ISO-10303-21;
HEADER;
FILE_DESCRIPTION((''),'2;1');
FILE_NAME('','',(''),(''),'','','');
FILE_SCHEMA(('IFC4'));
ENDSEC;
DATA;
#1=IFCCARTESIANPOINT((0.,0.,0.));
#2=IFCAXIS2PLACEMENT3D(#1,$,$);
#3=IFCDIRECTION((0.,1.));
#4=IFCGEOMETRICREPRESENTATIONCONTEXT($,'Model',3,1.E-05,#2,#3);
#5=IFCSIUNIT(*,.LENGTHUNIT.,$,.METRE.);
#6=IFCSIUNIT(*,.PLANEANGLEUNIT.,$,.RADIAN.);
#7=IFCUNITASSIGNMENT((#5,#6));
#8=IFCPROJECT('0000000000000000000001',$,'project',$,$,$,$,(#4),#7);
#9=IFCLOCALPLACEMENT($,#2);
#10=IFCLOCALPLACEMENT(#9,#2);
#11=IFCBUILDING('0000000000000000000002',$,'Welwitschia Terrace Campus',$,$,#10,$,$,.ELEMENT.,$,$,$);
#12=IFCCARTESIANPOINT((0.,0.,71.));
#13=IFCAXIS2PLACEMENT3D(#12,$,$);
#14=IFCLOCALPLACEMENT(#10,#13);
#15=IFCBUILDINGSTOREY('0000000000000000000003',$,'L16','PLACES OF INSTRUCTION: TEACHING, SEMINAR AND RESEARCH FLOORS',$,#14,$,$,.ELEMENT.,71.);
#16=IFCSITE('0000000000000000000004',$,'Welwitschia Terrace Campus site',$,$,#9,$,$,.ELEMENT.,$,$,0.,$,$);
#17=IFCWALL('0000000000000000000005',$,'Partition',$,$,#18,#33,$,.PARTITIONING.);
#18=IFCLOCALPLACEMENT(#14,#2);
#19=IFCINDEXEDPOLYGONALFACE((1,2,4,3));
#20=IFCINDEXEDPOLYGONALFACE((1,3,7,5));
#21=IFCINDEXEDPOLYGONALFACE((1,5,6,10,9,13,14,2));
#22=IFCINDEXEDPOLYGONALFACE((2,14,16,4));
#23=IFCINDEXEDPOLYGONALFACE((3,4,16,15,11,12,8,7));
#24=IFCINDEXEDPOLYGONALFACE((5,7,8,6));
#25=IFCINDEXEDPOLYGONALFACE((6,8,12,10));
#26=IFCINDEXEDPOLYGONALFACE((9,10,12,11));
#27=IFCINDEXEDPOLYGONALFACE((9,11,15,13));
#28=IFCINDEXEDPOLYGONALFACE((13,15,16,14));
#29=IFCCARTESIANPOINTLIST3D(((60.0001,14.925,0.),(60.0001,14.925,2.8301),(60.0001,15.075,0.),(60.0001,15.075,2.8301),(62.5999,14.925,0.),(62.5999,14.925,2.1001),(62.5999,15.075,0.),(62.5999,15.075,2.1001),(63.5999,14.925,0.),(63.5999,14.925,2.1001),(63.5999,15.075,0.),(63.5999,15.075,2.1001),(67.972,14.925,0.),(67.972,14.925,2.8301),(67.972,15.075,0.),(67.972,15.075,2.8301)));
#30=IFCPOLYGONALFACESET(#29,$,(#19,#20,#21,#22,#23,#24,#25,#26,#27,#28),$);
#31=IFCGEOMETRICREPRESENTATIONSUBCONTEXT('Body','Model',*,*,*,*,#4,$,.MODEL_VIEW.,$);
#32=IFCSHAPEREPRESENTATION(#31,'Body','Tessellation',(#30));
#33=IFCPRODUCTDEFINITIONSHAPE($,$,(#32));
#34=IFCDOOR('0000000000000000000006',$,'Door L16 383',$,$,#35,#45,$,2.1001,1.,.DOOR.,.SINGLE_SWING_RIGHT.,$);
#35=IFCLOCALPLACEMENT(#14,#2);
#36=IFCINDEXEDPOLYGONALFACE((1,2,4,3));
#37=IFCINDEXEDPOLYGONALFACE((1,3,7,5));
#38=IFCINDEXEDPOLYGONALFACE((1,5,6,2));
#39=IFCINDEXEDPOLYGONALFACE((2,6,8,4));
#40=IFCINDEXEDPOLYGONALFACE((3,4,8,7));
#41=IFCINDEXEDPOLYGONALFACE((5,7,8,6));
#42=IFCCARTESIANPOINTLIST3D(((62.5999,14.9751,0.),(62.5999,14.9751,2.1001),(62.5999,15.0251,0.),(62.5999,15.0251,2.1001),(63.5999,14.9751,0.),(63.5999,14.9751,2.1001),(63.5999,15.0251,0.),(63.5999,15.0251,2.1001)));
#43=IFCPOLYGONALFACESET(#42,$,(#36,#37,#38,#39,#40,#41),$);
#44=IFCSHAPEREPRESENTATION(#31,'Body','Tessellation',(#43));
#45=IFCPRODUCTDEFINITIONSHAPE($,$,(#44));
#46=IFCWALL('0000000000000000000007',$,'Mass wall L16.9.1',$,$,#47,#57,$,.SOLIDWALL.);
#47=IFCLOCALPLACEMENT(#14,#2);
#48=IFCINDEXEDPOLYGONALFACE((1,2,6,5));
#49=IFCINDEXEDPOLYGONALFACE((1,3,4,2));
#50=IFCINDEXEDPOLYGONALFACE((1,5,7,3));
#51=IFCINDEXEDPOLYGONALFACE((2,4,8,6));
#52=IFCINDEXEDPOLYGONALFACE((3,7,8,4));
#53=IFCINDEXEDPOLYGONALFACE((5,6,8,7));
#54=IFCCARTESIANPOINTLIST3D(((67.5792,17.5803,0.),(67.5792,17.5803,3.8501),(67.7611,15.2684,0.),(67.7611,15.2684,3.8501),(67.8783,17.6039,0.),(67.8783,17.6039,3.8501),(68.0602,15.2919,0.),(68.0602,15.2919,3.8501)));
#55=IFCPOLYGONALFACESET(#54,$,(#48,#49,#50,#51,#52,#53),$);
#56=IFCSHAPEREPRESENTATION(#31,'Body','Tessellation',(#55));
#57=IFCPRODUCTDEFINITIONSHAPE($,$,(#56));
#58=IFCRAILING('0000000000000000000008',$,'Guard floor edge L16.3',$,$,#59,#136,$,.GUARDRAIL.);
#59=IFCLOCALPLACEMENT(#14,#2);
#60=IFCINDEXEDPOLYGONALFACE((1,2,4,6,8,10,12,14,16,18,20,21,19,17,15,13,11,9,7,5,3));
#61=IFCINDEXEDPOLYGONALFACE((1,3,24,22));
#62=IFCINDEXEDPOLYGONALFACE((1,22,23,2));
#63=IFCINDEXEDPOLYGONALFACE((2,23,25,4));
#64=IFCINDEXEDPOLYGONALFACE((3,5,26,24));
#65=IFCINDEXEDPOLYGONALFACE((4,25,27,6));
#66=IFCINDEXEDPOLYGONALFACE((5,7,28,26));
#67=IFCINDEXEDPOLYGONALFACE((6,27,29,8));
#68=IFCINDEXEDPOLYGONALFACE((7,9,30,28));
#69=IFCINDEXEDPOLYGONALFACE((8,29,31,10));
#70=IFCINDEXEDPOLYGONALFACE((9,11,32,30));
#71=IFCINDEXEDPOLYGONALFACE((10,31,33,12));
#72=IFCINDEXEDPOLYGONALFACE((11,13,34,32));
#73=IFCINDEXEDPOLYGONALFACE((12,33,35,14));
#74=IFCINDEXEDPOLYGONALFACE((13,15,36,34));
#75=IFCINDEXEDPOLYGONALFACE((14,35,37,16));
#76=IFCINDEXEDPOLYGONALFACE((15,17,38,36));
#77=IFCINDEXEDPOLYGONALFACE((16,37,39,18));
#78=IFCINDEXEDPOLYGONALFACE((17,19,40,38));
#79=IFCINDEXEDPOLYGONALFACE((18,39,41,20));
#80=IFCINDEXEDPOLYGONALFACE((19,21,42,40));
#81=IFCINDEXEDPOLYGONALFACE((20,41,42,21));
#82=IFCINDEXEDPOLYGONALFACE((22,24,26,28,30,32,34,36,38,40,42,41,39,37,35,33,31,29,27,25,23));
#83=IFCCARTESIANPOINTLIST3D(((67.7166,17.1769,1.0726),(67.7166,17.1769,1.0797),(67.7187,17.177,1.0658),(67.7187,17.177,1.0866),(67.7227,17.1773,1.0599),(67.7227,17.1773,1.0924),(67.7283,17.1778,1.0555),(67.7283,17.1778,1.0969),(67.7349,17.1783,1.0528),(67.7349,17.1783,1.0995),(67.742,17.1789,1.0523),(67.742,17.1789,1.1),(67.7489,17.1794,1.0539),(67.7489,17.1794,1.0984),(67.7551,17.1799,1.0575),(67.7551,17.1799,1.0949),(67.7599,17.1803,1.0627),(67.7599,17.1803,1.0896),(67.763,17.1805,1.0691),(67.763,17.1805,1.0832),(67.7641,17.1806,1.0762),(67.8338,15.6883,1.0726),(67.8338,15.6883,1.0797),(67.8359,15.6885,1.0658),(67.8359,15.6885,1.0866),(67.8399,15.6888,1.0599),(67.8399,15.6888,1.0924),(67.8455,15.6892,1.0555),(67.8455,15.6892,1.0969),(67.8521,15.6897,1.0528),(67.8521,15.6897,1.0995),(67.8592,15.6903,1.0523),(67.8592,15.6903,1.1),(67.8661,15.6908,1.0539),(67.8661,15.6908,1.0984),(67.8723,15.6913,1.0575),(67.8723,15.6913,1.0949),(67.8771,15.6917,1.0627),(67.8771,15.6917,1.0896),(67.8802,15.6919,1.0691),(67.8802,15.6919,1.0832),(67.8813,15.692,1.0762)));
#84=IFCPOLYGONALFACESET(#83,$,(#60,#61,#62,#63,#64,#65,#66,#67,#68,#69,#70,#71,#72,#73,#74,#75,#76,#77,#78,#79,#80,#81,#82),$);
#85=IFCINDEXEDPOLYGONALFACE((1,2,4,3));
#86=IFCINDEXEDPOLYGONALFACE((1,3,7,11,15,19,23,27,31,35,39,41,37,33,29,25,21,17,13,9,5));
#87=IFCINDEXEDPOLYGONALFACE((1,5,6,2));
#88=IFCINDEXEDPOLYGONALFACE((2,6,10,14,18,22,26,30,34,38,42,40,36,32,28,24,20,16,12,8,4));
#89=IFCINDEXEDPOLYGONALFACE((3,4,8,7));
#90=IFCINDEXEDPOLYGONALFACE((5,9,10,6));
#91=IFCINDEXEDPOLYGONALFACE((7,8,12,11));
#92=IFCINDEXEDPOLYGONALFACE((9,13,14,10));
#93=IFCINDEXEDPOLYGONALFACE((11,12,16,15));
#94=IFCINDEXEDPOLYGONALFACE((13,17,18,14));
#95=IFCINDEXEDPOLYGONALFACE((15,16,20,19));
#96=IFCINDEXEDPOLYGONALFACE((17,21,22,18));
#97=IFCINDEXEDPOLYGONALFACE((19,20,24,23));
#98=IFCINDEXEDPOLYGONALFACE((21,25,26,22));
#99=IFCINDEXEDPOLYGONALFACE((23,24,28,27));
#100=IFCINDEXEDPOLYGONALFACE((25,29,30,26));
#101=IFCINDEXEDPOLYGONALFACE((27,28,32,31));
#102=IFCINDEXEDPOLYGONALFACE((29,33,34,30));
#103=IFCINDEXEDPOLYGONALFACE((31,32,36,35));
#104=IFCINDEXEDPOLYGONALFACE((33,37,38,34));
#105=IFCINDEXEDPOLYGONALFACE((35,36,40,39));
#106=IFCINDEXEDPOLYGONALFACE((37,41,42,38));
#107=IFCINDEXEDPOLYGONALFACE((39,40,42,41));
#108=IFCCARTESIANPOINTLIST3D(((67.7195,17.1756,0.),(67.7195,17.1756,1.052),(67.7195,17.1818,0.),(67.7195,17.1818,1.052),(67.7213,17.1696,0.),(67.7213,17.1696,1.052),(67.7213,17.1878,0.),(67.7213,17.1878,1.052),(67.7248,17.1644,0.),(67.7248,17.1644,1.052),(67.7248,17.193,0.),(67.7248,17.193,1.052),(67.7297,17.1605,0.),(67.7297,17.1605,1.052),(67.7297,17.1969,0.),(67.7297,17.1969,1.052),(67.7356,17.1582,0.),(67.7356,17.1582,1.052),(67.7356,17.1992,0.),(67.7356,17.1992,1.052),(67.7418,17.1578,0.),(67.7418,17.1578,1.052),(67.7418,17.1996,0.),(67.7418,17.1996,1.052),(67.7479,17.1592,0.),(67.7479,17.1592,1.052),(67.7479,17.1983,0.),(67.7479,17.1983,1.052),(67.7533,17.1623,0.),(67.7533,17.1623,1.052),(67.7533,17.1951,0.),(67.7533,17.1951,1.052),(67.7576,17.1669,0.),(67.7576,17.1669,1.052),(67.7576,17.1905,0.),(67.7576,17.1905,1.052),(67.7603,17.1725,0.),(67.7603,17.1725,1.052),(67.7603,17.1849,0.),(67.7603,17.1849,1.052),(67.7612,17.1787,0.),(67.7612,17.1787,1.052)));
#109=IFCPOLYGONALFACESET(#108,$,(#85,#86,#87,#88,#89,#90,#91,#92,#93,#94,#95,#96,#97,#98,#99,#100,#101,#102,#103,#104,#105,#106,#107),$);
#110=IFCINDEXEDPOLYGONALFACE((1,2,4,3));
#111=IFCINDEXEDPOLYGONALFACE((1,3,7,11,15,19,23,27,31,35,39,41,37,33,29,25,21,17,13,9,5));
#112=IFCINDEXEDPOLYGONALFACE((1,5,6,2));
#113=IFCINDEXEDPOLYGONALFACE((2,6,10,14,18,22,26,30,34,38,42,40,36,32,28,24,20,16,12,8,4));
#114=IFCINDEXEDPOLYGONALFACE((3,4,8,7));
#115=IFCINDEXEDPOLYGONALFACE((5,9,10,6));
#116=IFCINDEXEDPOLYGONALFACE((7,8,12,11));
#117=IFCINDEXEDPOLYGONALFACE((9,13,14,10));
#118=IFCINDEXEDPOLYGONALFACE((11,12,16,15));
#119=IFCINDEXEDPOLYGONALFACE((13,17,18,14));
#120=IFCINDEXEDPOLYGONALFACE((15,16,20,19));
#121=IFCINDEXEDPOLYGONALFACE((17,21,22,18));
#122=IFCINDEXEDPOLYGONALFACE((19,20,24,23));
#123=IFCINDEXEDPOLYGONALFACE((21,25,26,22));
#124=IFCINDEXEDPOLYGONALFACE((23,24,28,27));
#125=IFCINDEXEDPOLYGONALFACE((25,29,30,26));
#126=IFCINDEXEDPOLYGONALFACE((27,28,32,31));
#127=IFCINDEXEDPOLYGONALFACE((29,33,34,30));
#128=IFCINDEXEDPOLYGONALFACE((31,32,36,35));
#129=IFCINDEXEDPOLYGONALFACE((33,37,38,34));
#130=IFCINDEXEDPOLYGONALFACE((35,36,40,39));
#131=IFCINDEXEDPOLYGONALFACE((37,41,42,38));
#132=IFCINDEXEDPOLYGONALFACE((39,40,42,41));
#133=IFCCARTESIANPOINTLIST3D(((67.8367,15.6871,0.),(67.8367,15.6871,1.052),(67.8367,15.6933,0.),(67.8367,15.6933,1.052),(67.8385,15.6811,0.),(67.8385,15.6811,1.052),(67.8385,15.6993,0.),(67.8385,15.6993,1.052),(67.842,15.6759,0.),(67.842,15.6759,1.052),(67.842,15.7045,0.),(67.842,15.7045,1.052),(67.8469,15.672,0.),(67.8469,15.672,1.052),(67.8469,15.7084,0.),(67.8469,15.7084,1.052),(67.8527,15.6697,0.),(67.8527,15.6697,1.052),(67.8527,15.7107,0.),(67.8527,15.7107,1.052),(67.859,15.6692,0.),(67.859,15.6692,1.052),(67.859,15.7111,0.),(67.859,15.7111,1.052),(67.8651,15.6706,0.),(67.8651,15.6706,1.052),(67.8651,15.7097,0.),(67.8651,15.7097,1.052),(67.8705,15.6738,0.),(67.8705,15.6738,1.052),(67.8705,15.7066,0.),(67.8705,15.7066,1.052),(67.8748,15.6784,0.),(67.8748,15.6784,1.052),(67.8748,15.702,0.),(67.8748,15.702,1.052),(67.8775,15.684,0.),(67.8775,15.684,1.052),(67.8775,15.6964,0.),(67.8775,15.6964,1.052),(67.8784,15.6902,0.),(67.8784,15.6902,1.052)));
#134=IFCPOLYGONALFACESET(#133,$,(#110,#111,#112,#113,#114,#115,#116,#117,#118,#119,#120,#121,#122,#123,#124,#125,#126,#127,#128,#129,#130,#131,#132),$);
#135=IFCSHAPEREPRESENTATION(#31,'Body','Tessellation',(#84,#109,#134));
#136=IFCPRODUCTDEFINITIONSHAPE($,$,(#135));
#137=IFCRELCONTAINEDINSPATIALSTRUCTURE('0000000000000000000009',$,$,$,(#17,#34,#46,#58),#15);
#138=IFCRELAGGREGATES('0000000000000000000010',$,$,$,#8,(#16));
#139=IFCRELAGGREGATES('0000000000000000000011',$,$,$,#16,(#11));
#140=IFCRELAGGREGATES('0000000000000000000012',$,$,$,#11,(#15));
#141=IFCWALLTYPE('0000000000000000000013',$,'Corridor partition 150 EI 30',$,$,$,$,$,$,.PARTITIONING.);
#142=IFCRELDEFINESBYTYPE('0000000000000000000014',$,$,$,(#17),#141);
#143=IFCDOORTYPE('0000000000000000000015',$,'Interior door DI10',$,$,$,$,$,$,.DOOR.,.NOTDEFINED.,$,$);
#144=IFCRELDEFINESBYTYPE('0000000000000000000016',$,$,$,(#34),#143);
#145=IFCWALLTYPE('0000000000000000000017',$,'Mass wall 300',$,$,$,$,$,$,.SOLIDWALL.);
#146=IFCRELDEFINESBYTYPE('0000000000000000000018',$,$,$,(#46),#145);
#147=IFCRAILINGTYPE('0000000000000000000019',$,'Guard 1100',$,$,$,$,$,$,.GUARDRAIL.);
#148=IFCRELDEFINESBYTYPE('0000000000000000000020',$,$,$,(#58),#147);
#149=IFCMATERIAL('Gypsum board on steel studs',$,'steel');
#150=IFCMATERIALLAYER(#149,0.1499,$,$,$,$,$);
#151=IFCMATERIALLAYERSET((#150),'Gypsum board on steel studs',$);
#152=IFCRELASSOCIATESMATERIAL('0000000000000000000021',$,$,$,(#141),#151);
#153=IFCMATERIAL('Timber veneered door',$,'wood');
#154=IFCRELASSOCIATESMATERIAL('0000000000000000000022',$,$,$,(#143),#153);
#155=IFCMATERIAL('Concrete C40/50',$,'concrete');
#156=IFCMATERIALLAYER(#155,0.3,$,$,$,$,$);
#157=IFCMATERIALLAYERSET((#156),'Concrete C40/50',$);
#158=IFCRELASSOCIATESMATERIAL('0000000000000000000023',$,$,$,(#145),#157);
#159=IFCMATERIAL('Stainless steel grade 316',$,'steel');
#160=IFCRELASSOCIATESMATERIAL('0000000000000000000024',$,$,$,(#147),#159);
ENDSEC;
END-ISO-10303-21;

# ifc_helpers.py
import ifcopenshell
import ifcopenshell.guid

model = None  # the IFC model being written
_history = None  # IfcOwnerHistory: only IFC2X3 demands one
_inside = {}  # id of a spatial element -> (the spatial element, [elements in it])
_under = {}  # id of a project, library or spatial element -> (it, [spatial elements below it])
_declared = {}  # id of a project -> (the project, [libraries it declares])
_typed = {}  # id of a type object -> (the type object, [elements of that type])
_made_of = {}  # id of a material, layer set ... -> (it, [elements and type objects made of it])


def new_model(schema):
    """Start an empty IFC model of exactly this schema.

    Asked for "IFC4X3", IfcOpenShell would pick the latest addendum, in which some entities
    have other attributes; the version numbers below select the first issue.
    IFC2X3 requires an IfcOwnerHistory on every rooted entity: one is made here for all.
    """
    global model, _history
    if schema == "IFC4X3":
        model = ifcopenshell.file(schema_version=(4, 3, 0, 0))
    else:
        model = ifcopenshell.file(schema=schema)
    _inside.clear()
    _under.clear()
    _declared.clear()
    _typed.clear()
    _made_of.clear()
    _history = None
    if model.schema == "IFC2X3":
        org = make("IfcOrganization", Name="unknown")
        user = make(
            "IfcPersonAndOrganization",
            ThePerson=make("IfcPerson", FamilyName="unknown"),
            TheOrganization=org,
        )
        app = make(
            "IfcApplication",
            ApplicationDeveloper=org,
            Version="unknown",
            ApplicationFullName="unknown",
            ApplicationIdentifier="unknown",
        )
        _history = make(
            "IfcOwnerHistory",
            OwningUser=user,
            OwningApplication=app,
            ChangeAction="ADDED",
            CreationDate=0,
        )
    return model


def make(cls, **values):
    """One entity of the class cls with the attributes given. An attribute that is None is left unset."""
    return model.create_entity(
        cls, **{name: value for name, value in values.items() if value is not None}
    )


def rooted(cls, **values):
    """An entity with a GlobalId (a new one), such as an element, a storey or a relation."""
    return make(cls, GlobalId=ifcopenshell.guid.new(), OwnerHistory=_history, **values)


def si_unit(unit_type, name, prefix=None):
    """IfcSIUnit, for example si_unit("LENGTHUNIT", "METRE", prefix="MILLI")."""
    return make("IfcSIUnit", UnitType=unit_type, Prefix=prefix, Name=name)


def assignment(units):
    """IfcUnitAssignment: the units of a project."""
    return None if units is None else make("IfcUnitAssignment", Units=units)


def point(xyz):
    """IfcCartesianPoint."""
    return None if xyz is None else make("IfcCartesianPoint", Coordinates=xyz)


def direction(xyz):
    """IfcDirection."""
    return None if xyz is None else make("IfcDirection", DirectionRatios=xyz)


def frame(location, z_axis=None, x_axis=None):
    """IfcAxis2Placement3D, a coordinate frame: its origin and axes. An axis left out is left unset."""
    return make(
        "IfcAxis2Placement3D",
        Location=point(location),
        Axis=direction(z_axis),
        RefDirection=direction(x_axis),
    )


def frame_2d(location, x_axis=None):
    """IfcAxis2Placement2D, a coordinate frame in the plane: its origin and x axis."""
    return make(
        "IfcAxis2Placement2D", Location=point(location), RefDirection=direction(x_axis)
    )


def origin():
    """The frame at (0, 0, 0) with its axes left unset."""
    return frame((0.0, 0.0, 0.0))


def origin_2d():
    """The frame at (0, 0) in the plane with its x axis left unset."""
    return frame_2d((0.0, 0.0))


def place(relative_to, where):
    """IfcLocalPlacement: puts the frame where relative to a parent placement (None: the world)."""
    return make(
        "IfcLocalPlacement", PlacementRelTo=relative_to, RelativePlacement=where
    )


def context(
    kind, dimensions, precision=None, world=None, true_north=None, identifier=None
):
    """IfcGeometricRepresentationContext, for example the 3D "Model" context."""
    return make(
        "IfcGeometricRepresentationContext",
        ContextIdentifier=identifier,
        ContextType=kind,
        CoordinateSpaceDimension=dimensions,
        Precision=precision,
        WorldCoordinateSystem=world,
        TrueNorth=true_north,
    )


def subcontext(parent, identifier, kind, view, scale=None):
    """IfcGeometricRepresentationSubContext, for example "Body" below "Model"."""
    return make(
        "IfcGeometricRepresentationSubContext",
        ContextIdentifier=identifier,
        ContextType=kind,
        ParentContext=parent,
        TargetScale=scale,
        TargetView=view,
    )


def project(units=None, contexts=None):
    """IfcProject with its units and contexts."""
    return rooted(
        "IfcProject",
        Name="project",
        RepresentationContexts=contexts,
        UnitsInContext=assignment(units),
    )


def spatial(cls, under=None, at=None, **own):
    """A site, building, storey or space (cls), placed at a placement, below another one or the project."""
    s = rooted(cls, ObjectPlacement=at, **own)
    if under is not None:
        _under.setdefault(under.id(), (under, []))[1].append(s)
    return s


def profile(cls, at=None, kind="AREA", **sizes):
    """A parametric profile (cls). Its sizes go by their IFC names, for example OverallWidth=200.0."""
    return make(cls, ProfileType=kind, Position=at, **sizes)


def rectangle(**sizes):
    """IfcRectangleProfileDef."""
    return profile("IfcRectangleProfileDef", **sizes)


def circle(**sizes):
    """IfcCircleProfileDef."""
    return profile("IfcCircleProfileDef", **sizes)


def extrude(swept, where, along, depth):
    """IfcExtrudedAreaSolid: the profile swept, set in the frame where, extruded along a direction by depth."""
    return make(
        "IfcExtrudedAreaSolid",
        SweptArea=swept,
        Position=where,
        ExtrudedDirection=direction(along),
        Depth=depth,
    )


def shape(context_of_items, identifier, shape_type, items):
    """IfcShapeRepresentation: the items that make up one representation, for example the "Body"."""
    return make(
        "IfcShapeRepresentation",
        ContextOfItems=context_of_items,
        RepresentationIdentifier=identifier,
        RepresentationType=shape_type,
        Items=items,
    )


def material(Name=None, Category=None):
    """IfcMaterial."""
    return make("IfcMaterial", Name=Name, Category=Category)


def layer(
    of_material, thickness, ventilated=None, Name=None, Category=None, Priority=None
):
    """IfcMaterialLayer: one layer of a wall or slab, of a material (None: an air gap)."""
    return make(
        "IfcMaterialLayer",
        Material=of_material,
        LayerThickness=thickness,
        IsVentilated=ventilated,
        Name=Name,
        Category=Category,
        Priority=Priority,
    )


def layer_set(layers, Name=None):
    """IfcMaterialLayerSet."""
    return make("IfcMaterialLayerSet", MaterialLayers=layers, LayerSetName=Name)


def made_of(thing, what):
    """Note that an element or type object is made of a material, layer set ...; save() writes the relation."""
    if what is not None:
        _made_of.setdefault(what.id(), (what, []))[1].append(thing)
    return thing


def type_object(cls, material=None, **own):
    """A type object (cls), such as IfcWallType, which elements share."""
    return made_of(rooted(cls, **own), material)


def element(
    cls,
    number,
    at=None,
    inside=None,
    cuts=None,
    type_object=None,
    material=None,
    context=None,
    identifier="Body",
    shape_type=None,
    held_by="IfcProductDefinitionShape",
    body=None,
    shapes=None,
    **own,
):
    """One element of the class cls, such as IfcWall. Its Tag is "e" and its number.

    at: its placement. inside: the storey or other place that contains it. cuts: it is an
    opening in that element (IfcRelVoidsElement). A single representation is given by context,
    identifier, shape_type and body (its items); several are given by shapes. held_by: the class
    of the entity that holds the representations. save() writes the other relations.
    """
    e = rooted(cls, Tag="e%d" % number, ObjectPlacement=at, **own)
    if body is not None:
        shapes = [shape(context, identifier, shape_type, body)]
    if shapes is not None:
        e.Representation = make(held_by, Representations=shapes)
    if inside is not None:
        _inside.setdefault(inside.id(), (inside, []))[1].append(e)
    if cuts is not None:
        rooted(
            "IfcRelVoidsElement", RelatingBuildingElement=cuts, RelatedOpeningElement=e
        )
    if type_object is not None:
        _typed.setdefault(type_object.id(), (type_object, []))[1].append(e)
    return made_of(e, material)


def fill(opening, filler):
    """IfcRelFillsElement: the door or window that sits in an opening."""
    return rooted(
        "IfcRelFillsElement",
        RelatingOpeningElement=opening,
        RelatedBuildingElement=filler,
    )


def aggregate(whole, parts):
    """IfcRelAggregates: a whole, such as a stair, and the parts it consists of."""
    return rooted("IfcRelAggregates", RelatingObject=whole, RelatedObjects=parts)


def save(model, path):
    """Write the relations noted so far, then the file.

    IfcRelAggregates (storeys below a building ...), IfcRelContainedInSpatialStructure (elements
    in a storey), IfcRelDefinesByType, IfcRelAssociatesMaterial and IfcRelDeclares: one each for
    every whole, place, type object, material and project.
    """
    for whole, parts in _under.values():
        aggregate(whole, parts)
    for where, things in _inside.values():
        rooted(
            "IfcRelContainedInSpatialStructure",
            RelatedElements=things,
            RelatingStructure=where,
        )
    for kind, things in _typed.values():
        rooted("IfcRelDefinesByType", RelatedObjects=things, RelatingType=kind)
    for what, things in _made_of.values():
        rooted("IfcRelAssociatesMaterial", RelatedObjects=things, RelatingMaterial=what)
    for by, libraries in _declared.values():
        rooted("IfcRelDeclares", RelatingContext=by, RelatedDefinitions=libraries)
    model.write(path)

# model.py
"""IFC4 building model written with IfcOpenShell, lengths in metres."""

from ifc_helpers import new_model, si_unit, direction, frame, frame_2d, origin, origin_2d, place, context, subcontext, project, spatial, rectangle, circle, extrude, material, layer, layer_set, type_object, element, fill, save


model = new_model("IFC4")

# Units and contexts
model_context = context("Model", 3, precision=1e-05, world=origin(), true_north=direction((0.0, 1.0)))
body_context = subcontext(model_context, "Body", "Model", "MODEL_VIEW")
ifc_project = project(units=[si_unit("LENGTHUNIT", "METRE"), si_unit("PLANEANGLEUNIT", "RADIAN")], contexts=[model_context])

# Site, building, storey
site_placement = place(None, origin())
site = spatial("IfcSite", under=ifc_project, at=site_placement, Name="Welwitschia Terrace Campus site", CompositionType="ELEMENT", RefElevation=0.0)
building_placement = place(site_placement, origin())
building = spatial("IfcBuilding", under=site, at=building_placement, Name="Welwitschia Terrace Campus", CompositionType="ELEMENT")
storey_placement = place(building_placement, frame((0.0, 0.0, 71.0)))
storey = spatial("IfcBuildingStorey", under=building, at=storey_placement, Name="L16", Description="PLACES OF INSTRUCTION: TEACHING, SEMINAR AND RESEARCH FLOORS", CompositionType="ELEMENT", Elevation=71.0)

# Shared definitions
ifc_material_1 = material(Name="Gypsum board on steel studs", Category="steel")
ifc_layer_1 = layer(ifc_material_1, 0.1499)
ifc_layer_set_1 = layer_set([ifc_layer_1], Name="Gypsum board on steel studs")
wall_type_1 = type_object("IfcWallType", Name="Corridor partition 150 EI 30", PredefinedType="PARTITIONING", material=ifc_layer_set_1)

# Shared definitions
ifc_material_2 = material(Name="Timber veneered door", Category="wood")
door_type = type_object("IfcDoorType", Name="Interior door DI10", OperationType="NOTDEFINED", PredefinedType="DOOR", material=ifc_material_2)

# Wall, opening, door
wall_1_placement = place(storey_placement, frame((67.9719, 15.0, 0.0), z_axis=(0.0, 0.0, 1.0), x_axis=(-1.0, 0.0, 0.0)))
wall_1 = element("IfcWall", 1, at=wall_1_placement, inside=storey, type_object=wall_type_1, Name="Partition", PredefinedType="PARTITIONING", context=body_context, shape_type="SweptSolid", body=[
    extrude(rectangle(XDim=7.9719, YDim=0.1499, at=frame_2d((3.9858, 0.0))), origin(), (0.0, 0.0, 1.0), 2.8301),
])
opening_1_placement = place(wall_1_placement, frame((4.3721, 0.0, 0.0)))
opening_1 = element("IfcOpeningElement", 2, at=opening_1_placement, cuts=wall_1, PredefinedType="OPENING", context=body_context, shape_type="SweptSolid", body=[
    extrude(rectangle(XDim=1.0, YDim=2.1001, at=frame_2d((0.5, 1.05))), frame((0.0, 0.085, 0.0), z_axis=(0.0, -1.0, 0.0), x_axis=(1.0, 0.0, 0.0)), (0.0, 0.0, 1.0), 0.1699),
])
door_1_placement = place(opening_1_placement, origin())
door_1 = element("IfcDoor", 3, at=door_1_placement, inside=storey, type_object=door_type, Name="Door L16 383", OperationType="SINGLE_SWING_RIGHT", OverallHeight=2.1001, OverallWidth=1.0, PredefinedType="DOOR", context=body_context, shape_type="SweptSolid", body=[
    extrude(rectangle(XDim=1.0, YDim=2.1001, at=frame_2d((0.5, 1.05))), frame((0.0, 0.0249, 0.0), z_axis=(0.0, -1.0, 0.0), x_axis=(1.0, 0.0, 0.0)), (0.0, 0.0, 1.0), 0.05),
])
fill(opening_1, door_1)

# Wall
ifc_material_3 = material(Name="Concrete C40/50", Category="concrete")
ifc_layer_2 = layer(ifc_material_3, 0.3)
ifc_layer_set_2 = layer_set([ifc_layer_2], Name="Concrete C40/50")
wall_type_2 = type_object("IfcWallType", Name="Mass wall 300", PredefinedType="SOLIDWALL", material=ifc_layer_set_2)
wall_2_placement = place(storey_placement, frame((67.9106, 15.28, 0.0), z_axis=(0.0, 0.0, 1.0), x_axis=(-0.078427, 0.99692, 0.0)))
element("IfcWall", 4, at=wall_2_placement, inside=storey, type_object=wall_type_2, Name="Mass wall L16.9.1", PredefinedType="SOLIDWALL", context=body_context, shape_type="SweptSolid", body=[
    extrude(rectangle(XDim=2.3191, YDim=0.3, at=frame_2d((1.1597, 0.0))), origin(), (0.0, 0.0, 1.0), 3.8501),
])

# Railing
ifc_material_4 = material(Name="Stainless steel grade 316", Category="steel")
railing_type = type_object("IfcRailingType", Name="Guard 1100", PredefinedType="GUARDRAIL", material=ifc_material_4)
railing_placement = place(storey_placement, frame((67.7402, 17.1787, 0.0)))
element("IfcRailing", 5, at=railing_placement, inside=storey, type_object=railing_type, Name="Guard floor edge L16.3", PredefinedType="GUARDRAIL", context=body_context, shape_type="SweptSolid", body=[
    extrude(circle(Radius=0.0239, at=origin_2d()), frame((0.0, 0.0, 1.0762), z_axis=(0.078484, -0.996915, 0.0), x_axis=(0.996915, 0.078484, 0.0)), (0.0, 0.0, 1.0), 1.4932),
    extrude(circle(Radius=0.021, at=origin_2d()), origin(), (0.0, 0.0, 1.0), 1.052),
    extrude(circle(Radius=0.021, at=origin_2d()), frame((0.1172, -1.4885, 0.0)), (0.0, 0.0, 1.0), 1.052),
])

save(model, "model.ifc")
